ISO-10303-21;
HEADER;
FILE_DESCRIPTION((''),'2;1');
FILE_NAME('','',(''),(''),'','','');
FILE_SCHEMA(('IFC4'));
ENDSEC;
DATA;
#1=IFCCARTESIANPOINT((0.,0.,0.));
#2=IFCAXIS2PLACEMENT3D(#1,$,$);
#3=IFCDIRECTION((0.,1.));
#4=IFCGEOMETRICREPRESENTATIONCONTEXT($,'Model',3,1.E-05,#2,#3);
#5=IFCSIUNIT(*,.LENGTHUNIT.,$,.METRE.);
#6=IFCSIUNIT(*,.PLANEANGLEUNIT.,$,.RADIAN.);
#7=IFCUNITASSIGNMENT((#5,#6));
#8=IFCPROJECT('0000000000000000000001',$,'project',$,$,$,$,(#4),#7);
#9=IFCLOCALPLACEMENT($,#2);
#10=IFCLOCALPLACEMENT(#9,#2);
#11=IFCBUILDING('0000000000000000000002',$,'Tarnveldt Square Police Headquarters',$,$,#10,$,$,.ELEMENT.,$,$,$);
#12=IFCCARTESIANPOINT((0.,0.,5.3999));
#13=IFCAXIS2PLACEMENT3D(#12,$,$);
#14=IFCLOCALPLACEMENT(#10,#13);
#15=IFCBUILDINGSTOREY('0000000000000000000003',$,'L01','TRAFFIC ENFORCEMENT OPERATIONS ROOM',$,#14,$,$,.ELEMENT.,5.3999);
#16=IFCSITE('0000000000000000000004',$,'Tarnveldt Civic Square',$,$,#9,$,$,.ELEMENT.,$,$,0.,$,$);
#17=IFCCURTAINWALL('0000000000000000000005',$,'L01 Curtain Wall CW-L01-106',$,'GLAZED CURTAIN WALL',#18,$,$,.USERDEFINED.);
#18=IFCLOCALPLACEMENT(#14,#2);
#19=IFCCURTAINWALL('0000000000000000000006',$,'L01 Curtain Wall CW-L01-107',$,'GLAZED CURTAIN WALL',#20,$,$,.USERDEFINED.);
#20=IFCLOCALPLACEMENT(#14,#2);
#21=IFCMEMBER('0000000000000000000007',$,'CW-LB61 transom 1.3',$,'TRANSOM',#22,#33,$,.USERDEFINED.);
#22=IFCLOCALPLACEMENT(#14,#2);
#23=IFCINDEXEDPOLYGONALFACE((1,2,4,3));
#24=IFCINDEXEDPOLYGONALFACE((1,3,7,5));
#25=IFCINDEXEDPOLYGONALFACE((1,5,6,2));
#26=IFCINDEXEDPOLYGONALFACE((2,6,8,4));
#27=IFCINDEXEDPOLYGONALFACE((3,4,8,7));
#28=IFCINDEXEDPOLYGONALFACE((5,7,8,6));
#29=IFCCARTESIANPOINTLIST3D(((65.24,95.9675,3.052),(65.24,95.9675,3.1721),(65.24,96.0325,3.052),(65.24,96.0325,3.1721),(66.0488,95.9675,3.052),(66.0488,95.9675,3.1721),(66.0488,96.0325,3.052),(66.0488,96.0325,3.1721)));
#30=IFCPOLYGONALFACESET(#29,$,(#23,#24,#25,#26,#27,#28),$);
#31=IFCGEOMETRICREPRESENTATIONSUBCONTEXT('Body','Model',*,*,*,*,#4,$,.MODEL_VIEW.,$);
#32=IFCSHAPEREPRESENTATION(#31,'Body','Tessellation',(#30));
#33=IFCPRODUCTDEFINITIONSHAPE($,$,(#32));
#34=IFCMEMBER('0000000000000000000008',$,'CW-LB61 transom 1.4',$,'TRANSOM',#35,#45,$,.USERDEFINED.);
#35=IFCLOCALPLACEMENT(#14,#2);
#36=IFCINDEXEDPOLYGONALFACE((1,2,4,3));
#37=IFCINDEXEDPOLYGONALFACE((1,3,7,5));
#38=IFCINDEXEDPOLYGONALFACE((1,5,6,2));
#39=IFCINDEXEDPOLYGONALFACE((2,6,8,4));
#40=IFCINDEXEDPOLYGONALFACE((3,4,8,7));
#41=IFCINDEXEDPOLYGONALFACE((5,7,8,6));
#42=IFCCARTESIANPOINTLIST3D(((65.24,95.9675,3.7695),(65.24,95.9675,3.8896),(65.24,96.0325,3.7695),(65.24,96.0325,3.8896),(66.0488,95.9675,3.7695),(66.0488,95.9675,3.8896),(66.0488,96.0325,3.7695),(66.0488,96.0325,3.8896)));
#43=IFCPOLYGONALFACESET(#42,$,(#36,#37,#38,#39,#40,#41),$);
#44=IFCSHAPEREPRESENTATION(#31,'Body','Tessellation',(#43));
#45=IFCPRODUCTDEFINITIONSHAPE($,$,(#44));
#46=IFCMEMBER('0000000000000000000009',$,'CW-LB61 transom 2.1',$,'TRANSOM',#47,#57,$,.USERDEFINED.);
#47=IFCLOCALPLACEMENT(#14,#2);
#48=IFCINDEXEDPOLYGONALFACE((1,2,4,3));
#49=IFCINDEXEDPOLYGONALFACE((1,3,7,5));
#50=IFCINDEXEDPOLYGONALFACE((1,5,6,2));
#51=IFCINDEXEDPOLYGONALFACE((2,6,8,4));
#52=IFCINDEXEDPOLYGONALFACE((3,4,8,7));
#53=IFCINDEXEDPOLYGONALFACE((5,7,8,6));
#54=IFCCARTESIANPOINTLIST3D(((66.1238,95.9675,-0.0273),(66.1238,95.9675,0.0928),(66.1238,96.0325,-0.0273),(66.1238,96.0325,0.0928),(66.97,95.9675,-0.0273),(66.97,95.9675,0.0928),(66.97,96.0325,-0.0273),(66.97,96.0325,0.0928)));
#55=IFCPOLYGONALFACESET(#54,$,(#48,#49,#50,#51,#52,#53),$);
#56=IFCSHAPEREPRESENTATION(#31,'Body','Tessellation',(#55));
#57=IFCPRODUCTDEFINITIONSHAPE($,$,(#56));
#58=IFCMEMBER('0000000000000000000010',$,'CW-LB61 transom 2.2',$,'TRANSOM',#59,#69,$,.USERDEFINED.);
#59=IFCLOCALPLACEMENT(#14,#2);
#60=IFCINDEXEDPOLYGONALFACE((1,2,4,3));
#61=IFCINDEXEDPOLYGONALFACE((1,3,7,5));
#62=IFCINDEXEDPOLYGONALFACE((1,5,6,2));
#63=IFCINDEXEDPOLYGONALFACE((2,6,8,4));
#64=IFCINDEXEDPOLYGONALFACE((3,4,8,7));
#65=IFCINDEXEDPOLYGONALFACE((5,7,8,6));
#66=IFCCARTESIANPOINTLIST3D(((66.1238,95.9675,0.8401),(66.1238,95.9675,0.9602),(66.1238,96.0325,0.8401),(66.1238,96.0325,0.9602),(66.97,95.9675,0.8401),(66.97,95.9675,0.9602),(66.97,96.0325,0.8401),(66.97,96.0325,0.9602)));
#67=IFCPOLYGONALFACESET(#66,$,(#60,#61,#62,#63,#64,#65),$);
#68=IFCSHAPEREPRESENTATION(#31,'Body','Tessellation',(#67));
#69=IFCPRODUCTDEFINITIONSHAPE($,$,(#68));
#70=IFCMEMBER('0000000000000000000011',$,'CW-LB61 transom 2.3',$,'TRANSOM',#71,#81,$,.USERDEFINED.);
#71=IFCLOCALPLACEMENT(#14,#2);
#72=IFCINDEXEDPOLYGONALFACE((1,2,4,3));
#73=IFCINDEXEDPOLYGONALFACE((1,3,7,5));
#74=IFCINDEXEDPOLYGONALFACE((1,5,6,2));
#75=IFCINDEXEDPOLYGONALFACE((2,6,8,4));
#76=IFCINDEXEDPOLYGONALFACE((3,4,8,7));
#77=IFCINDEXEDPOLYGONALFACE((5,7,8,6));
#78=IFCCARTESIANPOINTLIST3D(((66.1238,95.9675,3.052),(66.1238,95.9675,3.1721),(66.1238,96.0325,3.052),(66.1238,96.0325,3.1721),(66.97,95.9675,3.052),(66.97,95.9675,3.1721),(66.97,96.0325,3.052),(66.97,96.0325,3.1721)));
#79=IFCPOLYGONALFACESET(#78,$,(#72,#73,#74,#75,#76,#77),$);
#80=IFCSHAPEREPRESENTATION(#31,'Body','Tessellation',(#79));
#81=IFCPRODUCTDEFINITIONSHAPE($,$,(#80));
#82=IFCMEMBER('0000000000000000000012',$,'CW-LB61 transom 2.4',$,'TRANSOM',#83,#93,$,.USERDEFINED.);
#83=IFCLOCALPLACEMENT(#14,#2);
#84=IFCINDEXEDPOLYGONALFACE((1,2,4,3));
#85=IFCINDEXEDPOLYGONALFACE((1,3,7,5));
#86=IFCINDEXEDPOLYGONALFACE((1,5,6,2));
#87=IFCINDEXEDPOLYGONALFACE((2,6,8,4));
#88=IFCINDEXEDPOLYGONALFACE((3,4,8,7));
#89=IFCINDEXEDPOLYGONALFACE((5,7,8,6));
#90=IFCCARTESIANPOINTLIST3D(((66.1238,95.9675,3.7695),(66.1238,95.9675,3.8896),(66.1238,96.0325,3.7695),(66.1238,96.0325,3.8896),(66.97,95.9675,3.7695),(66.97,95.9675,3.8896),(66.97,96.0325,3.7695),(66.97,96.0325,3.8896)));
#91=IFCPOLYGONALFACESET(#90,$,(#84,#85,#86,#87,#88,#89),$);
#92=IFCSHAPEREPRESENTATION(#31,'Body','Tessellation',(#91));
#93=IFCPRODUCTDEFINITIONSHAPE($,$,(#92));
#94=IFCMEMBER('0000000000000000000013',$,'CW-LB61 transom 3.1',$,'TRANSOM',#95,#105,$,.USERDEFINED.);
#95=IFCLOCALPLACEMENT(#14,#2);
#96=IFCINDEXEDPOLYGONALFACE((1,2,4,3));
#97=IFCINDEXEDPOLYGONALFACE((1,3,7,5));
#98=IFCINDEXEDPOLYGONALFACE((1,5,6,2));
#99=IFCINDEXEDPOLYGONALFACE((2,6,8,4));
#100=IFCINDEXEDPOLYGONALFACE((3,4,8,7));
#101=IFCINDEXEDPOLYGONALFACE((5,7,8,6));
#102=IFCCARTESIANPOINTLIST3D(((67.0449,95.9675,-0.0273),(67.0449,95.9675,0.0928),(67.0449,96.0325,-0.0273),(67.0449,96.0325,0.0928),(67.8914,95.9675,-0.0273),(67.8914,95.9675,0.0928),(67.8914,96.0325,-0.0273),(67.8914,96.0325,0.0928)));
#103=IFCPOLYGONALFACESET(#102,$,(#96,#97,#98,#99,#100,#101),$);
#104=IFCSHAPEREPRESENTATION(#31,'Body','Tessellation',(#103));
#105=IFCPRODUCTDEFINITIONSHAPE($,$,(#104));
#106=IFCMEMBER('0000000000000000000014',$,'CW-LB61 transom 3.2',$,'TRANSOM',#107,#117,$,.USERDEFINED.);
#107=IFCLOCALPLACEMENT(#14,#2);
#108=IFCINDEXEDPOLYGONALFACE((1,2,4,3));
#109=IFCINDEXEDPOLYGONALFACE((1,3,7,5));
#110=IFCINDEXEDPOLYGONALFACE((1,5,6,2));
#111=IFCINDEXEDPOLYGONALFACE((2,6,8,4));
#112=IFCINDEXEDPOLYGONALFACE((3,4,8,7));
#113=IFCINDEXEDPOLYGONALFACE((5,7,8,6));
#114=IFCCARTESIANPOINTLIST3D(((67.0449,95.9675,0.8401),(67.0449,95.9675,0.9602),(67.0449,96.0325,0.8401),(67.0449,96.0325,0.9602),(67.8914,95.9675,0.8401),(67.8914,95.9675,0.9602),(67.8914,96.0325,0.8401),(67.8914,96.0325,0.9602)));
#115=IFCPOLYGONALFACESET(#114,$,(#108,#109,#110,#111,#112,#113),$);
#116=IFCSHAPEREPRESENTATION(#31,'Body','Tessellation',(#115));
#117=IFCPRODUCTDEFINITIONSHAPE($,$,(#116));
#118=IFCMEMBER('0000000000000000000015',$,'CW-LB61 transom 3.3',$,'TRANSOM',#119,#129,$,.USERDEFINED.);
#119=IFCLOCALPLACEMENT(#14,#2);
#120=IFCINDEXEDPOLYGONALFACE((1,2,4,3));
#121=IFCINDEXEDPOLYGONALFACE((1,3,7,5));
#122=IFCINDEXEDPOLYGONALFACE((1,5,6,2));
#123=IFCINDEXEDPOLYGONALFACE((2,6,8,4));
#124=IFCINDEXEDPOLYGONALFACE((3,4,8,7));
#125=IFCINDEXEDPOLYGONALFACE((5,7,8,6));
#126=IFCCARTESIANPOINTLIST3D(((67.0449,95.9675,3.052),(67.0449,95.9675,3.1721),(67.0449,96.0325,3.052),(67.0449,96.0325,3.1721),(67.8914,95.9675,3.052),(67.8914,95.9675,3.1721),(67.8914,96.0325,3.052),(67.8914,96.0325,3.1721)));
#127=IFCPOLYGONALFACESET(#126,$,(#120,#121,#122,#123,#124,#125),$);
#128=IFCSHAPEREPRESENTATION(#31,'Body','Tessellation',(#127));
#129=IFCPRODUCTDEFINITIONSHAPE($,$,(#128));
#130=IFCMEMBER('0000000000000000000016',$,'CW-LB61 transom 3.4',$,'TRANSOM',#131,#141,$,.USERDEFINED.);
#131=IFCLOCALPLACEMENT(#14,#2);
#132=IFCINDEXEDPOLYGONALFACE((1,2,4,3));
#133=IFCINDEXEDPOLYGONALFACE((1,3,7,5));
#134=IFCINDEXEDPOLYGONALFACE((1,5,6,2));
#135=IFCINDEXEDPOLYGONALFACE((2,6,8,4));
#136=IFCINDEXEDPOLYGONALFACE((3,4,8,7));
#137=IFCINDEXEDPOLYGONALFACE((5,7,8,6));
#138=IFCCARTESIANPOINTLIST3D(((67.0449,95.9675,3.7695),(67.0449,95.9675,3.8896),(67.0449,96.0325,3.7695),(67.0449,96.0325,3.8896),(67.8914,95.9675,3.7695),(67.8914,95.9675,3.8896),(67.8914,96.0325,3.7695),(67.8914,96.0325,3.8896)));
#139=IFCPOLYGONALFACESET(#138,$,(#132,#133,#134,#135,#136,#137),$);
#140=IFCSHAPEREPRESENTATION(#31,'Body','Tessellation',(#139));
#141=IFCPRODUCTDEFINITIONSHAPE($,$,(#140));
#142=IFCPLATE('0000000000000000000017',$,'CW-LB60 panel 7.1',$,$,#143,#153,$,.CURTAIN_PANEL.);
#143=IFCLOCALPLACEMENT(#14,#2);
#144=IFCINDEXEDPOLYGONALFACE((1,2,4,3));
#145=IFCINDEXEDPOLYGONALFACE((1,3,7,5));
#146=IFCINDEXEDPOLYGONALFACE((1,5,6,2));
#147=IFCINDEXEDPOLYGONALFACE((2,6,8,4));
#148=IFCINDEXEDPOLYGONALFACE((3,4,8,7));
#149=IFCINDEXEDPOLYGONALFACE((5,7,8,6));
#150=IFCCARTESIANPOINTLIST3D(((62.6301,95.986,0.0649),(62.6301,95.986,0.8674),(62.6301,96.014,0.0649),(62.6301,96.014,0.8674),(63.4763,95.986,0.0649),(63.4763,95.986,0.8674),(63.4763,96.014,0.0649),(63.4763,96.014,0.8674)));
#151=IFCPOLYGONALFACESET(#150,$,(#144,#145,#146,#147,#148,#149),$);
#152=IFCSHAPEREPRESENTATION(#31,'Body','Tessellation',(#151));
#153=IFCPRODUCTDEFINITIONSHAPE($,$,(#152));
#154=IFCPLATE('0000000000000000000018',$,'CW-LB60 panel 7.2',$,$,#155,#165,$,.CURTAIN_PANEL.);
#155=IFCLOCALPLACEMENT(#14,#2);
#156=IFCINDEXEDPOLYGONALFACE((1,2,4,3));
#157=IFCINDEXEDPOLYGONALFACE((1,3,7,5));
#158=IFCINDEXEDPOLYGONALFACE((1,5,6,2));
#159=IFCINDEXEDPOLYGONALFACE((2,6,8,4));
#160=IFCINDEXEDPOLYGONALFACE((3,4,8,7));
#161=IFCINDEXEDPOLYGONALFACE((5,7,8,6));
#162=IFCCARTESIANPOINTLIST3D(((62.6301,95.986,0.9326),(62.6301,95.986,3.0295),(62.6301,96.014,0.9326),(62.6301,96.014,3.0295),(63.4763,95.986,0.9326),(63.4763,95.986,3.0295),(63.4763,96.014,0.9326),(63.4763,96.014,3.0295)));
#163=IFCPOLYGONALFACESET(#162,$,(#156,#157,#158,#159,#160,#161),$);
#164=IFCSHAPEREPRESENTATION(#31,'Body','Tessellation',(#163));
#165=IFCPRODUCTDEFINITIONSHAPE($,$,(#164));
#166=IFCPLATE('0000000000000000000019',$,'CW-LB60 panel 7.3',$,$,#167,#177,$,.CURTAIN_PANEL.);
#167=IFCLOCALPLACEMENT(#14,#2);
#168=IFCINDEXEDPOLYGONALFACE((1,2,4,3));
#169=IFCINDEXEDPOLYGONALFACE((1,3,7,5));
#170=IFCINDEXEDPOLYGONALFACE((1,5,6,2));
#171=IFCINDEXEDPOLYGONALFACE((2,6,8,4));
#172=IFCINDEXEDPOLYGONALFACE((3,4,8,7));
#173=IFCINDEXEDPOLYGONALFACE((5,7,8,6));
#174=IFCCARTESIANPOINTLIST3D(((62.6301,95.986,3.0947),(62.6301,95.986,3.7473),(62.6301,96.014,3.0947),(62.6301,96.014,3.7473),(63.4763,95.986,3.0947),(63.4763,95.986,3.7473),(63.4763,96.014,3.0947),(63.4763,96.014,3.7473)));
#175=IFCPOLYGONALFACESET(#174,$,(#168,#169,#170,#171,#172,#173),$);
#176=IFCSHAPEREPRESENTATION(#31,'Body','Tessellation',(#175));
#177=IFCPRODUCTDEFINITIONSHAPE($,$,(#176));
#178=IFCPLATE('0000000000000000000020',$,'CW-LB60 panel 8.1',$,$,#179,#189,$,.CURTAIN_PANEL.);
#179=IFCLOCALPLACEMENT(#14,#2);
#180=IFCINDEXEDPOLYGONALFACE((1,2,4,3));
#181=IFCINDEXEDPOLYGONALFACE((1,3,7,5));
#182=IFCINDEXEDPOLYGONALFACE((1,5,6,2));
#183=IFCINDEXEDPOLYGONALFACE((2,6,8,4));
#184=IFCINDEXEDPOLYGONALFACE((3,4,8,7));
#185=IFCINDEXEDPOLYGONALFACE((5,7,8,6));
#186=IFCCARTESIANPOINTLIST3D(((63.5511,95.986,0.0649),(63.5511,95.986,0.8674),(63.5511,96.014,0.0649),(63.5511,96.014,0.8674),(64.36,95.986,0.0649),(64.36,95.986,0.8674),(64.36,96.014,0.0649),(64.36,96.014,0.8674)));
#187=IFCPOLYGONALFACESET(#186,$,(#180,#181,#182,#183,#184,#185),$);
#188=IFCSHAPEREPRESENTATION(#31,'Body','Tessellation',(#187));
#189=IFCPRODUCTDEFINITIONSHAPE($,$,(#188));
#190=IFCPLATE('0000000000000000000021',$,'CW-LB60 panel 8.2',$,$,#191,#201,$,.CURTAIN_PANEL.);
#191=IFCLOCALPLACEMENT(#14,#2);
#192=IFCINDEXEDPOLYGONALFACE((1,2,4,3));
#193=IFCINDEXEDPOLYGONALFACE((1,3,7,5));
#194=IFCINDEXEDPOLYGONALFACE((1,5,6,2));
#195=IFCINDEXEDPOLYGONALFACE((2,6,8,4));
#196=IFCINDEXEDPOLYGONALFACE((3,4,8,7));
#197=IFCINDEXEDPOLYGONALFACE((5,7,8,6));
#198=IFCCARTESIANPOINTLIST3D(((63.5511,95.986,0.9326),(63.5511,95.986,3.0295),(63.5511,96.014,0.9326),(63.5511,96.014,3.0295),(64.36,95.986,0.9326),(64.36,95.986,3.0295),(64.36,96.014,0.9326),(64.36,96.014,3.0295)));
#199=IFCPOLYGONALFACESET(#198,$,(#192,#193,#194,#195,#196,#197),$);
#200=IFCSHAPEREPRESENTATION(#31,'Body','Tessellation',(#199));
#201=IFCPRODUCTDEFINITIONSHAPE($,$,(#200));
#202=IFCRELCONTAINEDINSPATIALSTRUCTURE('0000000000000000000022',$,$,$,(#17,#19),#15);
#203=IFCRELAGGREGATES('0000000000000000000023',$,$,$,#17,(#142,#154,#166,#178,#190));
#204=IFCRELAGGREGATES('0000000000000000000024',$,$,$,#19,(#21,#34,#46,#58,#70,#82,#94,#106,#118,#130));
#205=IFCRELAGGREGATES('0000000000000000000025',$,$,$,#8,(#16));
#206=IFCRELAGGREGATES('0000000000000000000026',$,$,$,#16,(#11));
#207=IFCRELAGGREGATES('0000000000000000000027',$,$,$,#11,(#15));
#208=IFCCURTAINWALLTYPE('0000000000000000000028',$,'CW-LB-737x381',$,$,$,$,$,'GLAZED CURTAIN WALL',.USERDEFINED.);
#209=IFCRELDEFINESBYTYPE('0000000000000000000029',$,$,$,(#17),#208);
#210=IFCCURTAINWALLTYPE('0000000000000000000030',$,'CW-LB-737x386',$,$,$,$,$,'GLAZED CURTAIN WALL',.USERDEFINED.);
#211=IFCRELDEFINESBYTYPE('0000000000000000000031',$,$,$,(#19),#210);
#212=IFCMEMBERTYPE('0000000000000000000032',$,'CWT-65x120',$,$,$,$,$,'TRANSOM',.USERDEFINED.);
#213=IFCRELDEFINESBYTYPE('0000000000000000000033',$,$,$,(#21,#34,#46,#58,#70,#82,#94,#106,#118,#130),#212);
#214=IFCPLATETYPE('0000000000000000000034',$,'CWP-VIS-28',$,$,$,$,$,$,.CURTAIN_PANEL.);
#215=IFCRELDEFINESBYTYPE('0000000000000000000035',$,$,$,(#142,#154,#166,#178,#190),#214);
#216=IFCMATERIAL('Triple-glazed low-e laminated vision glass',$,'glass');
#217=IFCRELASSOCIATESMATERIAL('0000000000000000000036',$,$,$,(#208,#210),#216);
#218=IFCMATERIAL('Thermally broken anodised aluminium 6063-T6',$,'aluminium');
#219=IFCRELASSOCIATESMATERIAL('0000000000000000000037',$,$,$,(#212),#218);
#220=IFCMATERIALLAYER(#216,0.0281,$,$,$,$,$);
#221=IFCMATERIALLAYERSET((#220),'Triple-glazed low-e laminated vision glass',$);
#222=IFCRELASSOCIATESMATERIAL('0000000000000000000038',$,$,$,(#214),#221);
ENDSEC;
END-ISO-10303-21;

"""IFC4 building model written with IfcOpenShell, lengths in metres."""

from ifc_helpers import new_model, si_unit, direction, frame, origin, origin_2d, place, context, subcontext, project, spatial, rectangle, extrude, material, layer, layer_set, material_profile, profile_set, type_object, element, aggregate, save


model = new_model("IFC4")

# Units and contexts
model_context = context("Model", 3, precision=1e-05, world=origin(), true_north=direction((0.0, 1.0)))
body_context = subcontext(model_context, "Body", "Model", "MODEL_VIEW")
ifc_project = project(units=[si_unit("LENGTHUNIT", "METRE"), si_unit("PLANEANGLEUNIT", "RADIAN")], contexts=[model_context])

# Site, building, storey
site_placement = place(None, origin())
site = spatial("IfcSite", under=ifc_project, at=site_placement, Name="Tarnveldt Civic Square", CompositionType="ELEMENT", RefElevation=0.0)
building_placement = place(site_placement, origin())
building = spatial("IfcBuilding", under=site, at=building_placement, Name="Tarnveldt Square Police Headquarters", CompositionType="ELEMENT")
storey_placement = place(building_placement, frame((0.0, 0.0, 5.3999)))
storey = spatial("IfcBuildingStorey", under=building, at=storey_placement, Name="L01", Description="TRAFFIC ENFORCEMENT OPERATIONS ROOM", CompositionType="ELEMENT", Elevation=5.3999)

# Curtain walls
ifc_material_1 = material(Name="Triple-glazed low-e laminated vision glass", Category="glass")
curtain_wall_type_1 = type_object("IfcCurtainWallType", Name="CW-LB-737x381", ElementType="GLAZED CURTAIN WALL", PredefinedType="USERDEFINED", material=ifc_material_1)
curtain_wall_1_placement = place(storey_placement, origin())
curtain_wall_1 = element("IfcCurtainWall", 1, at=curtain_wall_1_placement, inside=storey, type_object=curtain_wall_type_1, Name="L01 Curtain Wall CW-L01-106", ObjectType="GLAZED CURTAIN WALL", PredefinedType="USERDEFINED")
ifc_material_2 = material(Name="Thermally broken anodised aluminium 6063-T6", Category="aluminium")
curtain_wall_type_2 = type_object("IfcCurtainWallType", Name="CW-LB-737x386", ElementType="GLAZED CURTAIN WALL", PredefinedType="USERDEFINED", material=ifc_material_1)
curtain_wall_2_placement = place(storey_placement, origin())
curtain_wall_2 = element("IfcCurtainWall", 2, at=curtain_wall_2_placement, inside=storey, type_object=curtain_wall_type_2, Name="L01 Curtain Wall CW-L01-107", ObjectType="GLAZED CURTAIN WALL", PredefinedType="USERDEFINED")

# Members
ifc_material_profile_1 = material_profile(ifc_material_2, rectangle(XDim=0.0649, YDim=0.1201, at=origin_2d()), Name="CW-T65x120")
ifc_profile_set_1 = profile_set([ifc_material_profile_1], Name="Thermally broken anodised aluminium 6063-T6")
member_type_1 = type_object("IfcMemberType", Name="CWT-65x120", ElementType="TRANSOM", PredefinedType="USERDEFINED", material=ifc_profile_set_1)
member_1_placement = place(storey_placement, frame((65.24, 96.0, 3.1121), z_axis=(1.0, 0.0, 0.0), x_axis=(0.0, 1.0, 0.0)))
member_1 = element("IfcMember", 3, at=member_1_placement, type_object=member_type_1, Name="CW-LB61 transom 1.3", ObjectType="TRANSOM", PredefinedType="USERDEFINED", context=body_context, shape_type="SweptSolid", body=[
    extrude(rectangle(XDim=0.0649, YDim=0.1201, at=origin_2d()), origin(), (0.0, 0.0, 1.0), 0.8088),
])
member_2_placement = place(storey_placement, frame((65.24, 96.0, 3.8296), z_axis=(1.0, 0.0, 0.0), x_axis=(0.0, 1.0, 0.0)))
member_2 = element("IfcMember", 4, at=member_2_placement, type_object=member_type_1, Name="CW-LB61 transom 1.4", ObjectType="TRANSOM", PredefinedType="USERDEFINED", context=body_context, shape_type="SweptSolid", body=[
    extrude(rectangle(XDim=0.0649, YDim=0.1201, at=origin_2d()), origin(), (0.0, 0.0, 1.0), 0.8088),
])
member_3_placement = place(storey_placement, frame((66.1238, 96.0, 0.0327), z_axis=(1.0, 0.0, 0.0), x_axis=(0.0, 1.0, 0.0)))
member_3 = element("IfcMember", 5, at=member_3_placement, type_object=member_type_1, Name="CW-LB61 transom 2.1", ObjectType="TRANSOM", PredefinedType="USERDEFINED", context=body_context, shape_type="SweptSolid", body=[
    extrude(rectangle(XDim=0.0649, YDim=0.1201, at=origin_2d()), origin(), (0.0, 0.0, 1.0), 0.8462),
])
member_4_placement = place(storey_placement, frame((66.1238, 96.0, 0.9001), z_axis=(1.0, 0.0, 0.0), x_axis=(0.0, 1.0, 0.0)))
member_4 = element("IfcMember", 6, at=member_4_placement, type_object=member_type_1, Name="CW-LB61 transom 2.2", ObjectType="TRANSOM", PredefinedType="USERDEFINED", context=body_context, shape_type="SweptSolid", body=[
    extrude(rectangle(XDim=0.0649, YDim=0.1201, at=origin_2d()), origin(), (0.0, 0.0, 1.0), 0.8462),
])
member_5_placement = place(storey_placement, frame((66.1238, 96.0, 3.1121), z_axis=(1.0, 0.0, 0.0), x_axis=(0.0, 1.0, 0.0)))
member_5 = element("IfcMember", 7, at=member_5_placement, type_object=member_type_1, Name="CW-LB61 transom 2.3", ObjectType="TRANSOM", PredefinedType="USERDEFINED", context=body_context, shape_type="SweptSolid", body=[
    extrude(rectangle(XDim=0.0649, YDim=0.1201, at=origin_2d()), origin(), (0.0, 0.0, 1.0), 0.8462),
])
member_6_placement = place(storey_placement, frame((66.1238, 96.0, 3.8296), z_axis=(1.0, 0.0, 0.0), x_axis=(0.0, 1.0, 0.0)))
member_6 = element("IfcMember", 8, at=member_6_placement, type_object=member_type_1, Name="CW-LB61 transom 2.4", ObjectType="TRANSOM", PredefinedType="USERDEFINED", context=body_context, shape_type="SweptSolid", body=[
    extrude(rectangle(XDim=0.0649, YDim=0.1201, at=origin_2d()), origin(), (0.0, 0.0, 1.0), 0.8462),
])
member_7_placement = place(storey_placement, frame((67.0449, 96.0, 0.0327), z_axis=(1.0, 0.0, 0.0), x_axis=(0.0, 1.0, 0.0)))
member_7 = element("IfcMember", 9, at=member_7_placement, type_object=member_type_1, Name="CW-LB61 transom 3.1", ObjectType="TRANSOM", PredefinedType="USERDEFINED", context=body_context, shape_type="SweptSolid", body=[
    extrude(rectangle(XDim=0.0649, YDim=0.1201, at=origin_2d()), origin(), (0.0, 0.0, 1.0), 0.8464),
])
member_8_placement = place(storey_placement, frame((67.0449, 96.0, 0.9001), z_axis=(1.0, 0.0, 0.0), x_axis=(0.0, 1.0, 0.0)))
member_8 = element("IfcMember", 10, at=member_8_placement, type_object=member_type_1, Name="CW-LB61 transom 3.2", ObjectType="TRANSOM", PredefinedType="USERDEFINED", context=body_context, shape_type="SweptSolid", body=[
    extrude(rectangle(XDim=0.0649, YDim=0.1201, at=origin_2d()), origin(), (0.0, 0.0, 1.0), 0.8464),
])
member_9_placement = place(storey_placement, frame((67.0449, 96.0, 3.1121), z_axis=(1.0, 0.0, 0.0), x_axis=(0.0, 1.0, 0.0)))
member_9 = element("IfcMember", 11, at=member_9_placement, type_object=member_type_1, Name="CW-LB61 transom 3.3", ObjectType="TRANSOM", PredefinedType="USERDEFINED", context=body_context, shape_type="SweptSolid", body=[
    extrude(rectangle(XDim=0.0649, YDim=0.1201, at=origin_2d()), origin(), (0.0, 0.0, 1.0), 0.8464),
])
member_10_placement = place(storey_placement, frame((67.0449, 96.0, 3.8296), z_axis=(1.0, 0.0, 0.0), x_axis=(0.0, 1.0, 0.0)))
member_10 = element("IfcMember", 12, at=member_10_placement, type_object=member_type_1, Name="CW-LB61 transom 3.4", ObjectType="TRANSOM", PredefinedType="USERDEFINED", context=body_context, shape_type="SweptSolid", body=[
    extrude(rectangle(XDim=0.0649, YDim=0.1201, at=origin_2d()), origin(), (0.0, 0.0, 1.0), 0.8464),
])

# Plates
ifc_layer = layer(ifc_material_1, 0.0281)
ifc_layer_set = layer_set([ifc_layer], Name="Triple-glazed low-e laminated vision glass")
plate_type = type_object("IfcPlateType", Name="CWP-VIS-28", PredefinedType="CURTAIN_PANEL", material=ifc_layer_set)
plate_1_placement = place(storey_placement, frame((63.0532, 96.0, 0.0649), z_axis=(0.0, 0.0, 1.0), x_axis=(1.0, 0.0, 0.0)))
plate_1 = element("IfcPlate", 13, at=plate_1_placement, type_object=plate_type, Name="CW-LB60 panel 7.1", PredefinedType="CURTAIN_PANEL", context=body_context, shape_type="SweptSolid", body=[
    extrude(rectangle(XDim=0.8462, YDim=0.0281, at=origin_2d()), origin(), (0.0, 0.0, 1.0), 0.8025),
])
plate_2_placement = place(storey_placement, frame((63.0532, 96.0, 0.9326), z_axis=(0.0, 0.0, 1.0), x_axis=(1.0, 0.0, 0.0)))
plate_2 = element("IfcPlate", 14, at=plate_2_placement, type_object=plate_type, Name="CW-LB60 panel 7.2", PredefinedType="CURTAIN_PANEL", context=body_context, shape_type="SweptSolid", body=[
    extrude(rectangle(XDim=0.8462, YDim=0.0281, at=origin_2d()), origin(), (0.0, 0.0, 1.0), 2.0969),
])
plate_3_placement = place(storey_placement, frame((63.0532, 96.0, 3.0947), z_axis=(0.0, 0.0, 1.0), x_axis=(1.0, 0.0, 0.0)))
plate_3 = element("IfcPlate", 15, at=plate_3_placement, type_object=plate_type, Name="CW-LB60 panel 7.3", PredefinedType="CURTAIN_PANEL", context=body_context, shape_type="SweptSolid", body=[
    extrude(rectangle(XDim=0.8462, YDim=0.0281, at=origin_2d()), origin(), (0.0, 0.0, 1.0), 0.6526),
])
plate_4_placement = place(storey_placement, frame((63.9556, 96.0, 0.0649), z_axis=(0.0, 0.0, 1.0), x_axis=(1.0, 0.0, 0.0)))
plate_4 = element("IfcPlate", 16, at=plate_4_placement, type_object=plate_type, Name="CW-LB60 panel 8.1", PredefinedType="CURTAIN_PANEL", context=body_context, shape_type="SweptSolid", body=[
    extrude(rectangle(XDim=0.8088, YDim=0.0281, at=origin_2d()), origin(), (0.0, 0.0, 1.0), 0.8025),
])
plate_5_placement = place(storey_placement, frame((63.9556, 96.0, 0.9326), z_axis=(0.0, 0.0, 1.0), x_axis=(1.0, 0.0, 0.0)))
plate_5 = element("IfcPlate", 17, at=plate_5_placement, type_object=plate_type, Name="CW-LB60 panel 8.2", PredefinedType="CURTAIN_PANEL", context=body_context, shape_type="SweptSolid", body=[
    extrude(rectangle(XDim=0.8088, YDim=0.0281, at=origin_2d()), origin(), (0.0, 0.0, 1.0), 2.0969),
])
aggregate(curtain_wall_1, [plate_1, plate_2, plate_3, plate_4, plate_5])
aggregate(curtain_wall_2, [member_1, member_2, member_3, member_4, member_5, member_6, member_7, member_8, member_9, member_10])

save(model, "model.ifc")
